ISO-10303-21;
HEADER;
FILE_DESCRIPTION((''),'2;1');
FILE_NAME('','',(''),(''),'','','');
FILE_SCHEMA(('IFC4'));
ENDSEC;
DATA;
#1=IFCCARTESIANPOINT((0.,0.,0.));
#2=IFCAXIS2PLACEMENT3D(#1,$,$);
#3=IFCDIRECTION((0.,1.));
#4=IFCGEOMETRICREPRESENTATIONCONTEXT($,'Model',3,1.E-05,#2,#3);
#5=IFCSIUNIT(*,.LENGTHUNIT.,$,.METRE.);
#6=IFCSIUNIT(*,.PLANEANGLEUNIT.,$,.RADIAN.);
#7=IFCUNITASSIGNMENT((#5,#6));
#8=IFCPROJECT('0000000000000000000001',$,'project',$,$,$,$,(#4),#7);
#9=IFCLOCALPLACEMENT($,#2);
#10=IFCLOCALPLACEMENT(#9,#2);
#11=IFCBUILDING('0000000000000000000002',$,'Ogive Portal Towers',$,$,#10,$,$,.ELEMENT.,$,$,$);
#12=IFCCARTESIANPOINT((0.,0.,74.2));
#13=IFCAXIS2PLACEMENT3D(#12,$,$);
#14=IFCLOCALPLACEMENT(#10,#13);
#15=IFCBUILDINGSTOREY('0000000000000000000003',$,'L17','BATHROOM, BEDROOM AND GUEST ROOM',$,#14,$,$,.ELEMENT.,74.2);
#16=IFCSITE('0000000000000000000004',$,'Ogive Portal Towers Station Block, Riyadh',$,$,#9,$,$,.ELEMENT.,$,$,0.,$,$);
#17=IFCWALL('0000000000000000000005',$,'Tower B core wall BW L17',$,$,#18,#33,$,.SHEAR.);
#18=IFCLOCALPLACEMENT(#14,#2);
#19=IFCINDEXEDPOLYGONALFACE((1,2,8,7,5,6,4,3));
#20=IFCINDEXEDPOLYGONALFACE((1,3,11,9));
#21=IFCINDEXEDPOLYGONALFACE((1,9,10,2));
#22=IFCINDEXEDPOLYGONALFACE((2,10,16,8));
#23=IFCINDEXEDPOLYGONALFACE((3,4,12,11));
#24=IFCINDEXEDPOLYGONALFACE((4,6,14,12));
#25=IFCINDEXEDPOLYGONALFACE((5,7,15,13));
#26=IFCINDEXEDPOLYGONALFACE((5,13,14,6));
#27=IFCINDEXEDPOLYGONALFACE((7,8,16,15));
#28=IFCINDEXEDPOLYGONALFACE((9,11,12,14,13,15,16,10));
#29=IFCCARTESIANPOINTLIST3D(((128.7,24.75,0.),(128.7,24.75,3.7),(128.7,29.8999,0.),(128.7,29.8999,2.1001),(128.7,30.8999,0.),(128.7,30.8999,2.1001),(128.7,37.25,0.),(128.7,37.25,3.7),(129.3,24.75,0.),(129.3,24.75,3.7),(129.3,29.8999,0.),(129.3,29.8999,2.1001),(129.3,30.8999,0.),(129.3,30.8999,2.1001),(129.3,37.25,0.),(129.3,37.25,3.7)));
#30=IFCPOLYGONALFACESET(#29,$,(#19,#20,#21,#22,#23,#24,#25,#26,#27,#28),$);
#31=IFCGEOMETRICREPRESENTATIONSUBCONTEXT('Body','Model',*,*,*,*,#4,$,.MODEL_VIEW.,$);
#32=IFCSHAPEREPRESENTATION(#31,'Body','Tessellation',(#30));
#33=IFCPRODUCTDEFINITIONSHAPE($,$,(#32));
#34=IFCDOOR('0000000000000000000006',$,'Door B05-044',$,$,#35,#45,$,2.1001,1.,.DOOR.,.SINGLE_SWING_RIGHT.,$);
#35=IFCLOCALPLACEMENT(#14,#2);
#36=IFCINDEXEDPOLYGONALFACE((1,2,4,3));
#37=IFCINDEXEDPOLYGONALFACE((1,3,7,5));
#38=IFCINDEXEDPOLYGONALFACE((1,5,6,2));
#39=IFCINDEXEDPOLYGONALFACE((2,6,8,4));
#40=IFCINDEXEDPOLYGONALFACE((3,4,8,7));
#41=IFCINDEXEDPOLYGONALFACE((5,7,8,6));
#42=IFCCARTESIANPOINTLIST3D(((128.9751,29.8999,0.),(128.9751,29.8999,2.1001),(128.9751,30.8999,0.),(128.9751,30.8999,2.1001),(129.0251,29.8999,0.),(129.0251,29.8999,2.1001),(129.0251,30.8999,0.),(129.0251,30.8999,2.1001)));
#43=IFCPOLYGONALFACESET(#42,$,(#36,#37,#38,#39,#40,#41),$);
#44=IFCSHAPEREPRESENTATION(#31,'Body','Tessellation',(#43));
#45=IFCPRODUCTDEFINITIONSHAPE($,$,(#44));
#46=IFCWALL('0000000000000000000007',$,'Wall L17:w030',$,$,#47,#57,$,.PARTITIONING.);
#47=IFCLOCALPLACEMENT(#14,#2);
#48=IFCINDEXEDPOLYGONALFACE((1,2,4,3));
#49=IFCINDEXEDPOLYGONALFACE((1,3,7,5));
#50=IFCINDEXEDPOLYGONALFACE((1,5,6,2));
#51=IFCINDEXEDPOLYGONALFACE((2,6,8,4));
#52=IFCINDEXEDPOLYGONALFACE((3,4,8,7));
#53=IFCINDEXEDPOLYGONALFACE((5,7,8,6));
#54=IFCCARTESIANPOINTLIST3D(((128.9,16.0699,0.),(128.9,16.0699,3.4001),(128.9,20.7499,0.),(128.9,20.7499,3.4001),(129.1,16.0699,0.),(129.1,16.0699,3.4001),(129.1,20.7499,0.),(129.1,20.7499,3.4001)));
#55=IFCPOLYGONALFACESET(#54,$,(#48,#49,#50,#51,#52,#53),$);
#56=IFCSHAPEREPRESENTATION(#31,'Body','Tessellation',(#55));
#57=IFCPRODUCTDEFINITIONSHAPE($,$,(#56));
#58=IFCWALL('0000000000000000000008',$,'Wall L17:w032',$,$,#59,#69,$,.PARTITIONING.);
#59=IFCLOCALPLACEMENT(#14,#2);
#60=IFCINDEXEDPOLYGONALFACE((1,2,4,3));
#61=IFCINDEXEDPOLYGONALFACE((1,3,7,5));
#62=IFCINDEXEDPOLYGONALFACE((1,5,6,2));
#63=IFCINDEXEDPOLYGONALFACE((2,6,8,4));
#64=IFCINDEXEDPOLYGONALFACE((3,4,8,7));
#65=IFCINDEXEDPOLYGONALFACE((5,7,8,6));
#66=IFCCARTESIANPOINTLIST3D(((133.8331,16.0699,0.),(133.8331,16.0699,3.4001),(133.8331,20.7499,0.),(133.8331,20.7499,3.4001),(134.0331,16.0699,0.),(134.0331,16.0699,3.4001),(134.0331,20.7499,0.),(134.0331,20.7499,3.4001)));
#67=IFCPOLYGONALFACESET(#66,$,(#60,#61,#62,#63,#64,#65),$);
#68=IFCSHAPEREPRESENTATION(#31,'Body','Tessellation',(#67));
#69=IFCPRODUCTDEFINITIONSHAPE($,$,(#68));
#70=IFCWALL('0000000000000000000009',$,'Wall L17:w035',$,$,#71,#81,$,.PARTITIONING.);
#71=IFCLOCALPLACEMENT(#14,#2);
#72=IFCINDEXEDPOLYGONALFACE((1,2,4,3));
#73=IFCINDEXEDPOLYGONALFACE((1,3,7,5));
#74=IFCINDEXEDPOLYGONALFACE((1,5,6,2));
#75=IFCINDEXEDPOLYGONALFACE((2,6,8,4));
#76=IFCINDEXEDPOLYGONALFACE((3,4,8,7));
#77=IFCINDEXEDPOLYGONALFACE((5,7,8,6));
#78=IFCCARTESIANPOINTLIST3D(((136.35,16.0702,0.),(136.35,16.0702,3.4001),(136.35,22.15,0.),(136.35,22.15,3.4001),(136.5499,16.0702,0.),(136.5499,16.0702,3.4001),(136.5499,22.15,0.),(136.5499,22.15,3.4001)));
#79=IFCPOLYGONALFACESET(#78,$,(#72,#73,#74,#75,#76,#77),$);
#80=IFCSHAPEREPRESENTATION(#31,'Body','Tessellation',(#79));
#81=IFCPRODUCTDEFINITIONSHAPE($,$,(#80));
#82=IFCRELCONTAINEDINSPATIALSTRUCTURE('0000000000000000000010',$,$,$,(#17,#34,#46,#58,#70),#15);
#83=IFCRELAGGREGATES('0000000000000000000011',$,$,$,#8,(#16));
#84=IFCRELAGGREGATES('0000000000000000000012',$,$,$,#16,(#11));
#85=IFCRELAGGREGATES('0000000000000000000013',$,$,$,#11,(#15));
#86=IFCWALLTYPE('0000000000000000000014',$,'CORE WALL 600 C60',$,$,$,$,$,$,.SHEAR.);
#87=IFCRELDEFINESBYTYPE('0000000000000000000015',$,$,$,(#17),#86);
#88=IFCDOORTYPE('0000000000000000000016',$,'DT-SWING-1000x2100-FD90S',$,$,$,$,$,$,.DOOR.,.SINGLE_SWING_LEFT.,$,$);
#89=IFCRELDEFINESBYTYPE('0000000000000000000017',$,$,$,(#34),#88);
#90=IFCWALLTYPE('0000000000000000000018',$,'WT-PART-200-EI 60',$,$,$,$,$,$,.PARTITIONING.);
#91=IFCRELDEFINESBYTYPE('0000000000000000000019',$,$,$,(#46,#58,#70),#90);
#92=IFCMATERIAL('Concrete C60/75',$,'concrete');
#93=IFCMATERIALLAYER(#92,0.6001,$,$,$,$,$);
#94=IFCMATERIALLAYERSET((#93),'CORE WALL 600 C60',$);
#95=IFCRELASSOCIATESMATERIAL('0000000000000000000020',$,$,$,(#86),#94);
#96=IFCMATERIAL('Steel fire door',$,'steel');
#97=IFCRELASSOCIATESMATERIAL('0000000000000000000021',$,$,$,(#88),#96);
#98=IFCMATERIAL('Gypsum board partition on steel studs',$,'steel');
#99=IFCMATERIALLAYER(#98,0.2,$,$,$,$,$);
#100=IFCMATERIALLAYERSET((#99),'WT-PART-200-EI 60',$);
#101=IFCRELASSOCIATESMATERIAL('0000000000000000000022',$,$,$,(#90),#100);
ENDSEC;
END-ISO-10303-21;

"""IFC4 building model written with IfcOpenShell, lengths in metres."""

from ifc_helpers import new_model, si_unit, direction, frame, frame_2d, origin, place, context, subcontext, project, spatial, rectangle, extrude, material, layer, layer_set, type_object, element, fill, save


model = new_model("IFC4")

# Units and contexts
model_context = context("Model", 3, precision=1e-05, world=origin(), true_north=direction((0.0, 1.0)))
body_context = subcontext(model_context, "Body", "Model", "MODEL_VIEW")
ifc_project = project(units=[si_unit("LENGTHUNIT", "METRE"), si_unit("PLANEANGLEUNIT", "RADIAN")], contexts=[model_context])

# Site, building, storey
site_placement = place(None, origin())
site = spatial("IfcSite", under=ifc_project, at=site_placement, Name="Ogive Portal Towers Station Block, Riyadh", CompositionType="ELEMENT", RefElevation=0.0)
building_placement = place(site_placement, origin())
building = spatial("IfcBuilding", under=site, at=building_placement, Name="Ogive Portal Towers", CompositionType="ELEMENT")
storey_placement = place(building_placement, frame((0.0, 0.0, 74.2)))
storey = spatial("IfcBuildingStorey", under=building, at=storey_placement, Name="L17", Description="BATHROOM, BEDROOM AND GUEST ROOM", CompositionType="ELEMENT", Elevation=74.2)

# Shared definitions
ifc_material_1 = material(Name="Concrete C60/75", Category="concrete")
ifc_material_2 = material(Name="Steel fire door", Category="steel")

# Wall, opening, door
ifc_layer_1 = layer(ifc_material_1, 0.6001)
ifc_layer_set_1 = layer_set([ifc_layer_1], Name="CORE WALL 600 C60")
wall_type_1 = type_object("IfcWallType", Name="CORE WALL 600 C60", PredefinedType="SHEAR", material=ifc_layer_set_1)
wall_1_placement = place(storey_placement, frame((129.0, 24.75, 0.0), z_axis=(0.0, 0.0, 1.0), x_axis=(0.0, 1.0, 0.0)))
wall_1 = element("IfcWall", 1, at=wall_1_placement, inside=storey, type_object=wall_type_1, Name="Tower B core wall BW L17", PredefinedType="SHEAR", context=body_context, shape_type="SweptSolid", body=[
    extrude(rectangle(XDim=12.5, YDim=0.6001, at=frame_2d((6.25, 0.0))), origin(), (0.0, 0.0, 1.0), 3.7),
])
opening_1_placement = place(wall_1_placement, frame((5.1499, 0.0, 0.0)))
opening_1 = element("IfcOpeningElement", 2, at=opening_1_placement, cuts=wall_1, PredefinedType="OPENING", context=body_context, shape_type="SweptSolid", body=[
    extrude(rectangle(XDim=1.0, YDim=2.1001, at=frame_2d((0.5, 1.05))), frame((0.0, 0.3101, 0.0), z_axis=(0.0, -1.0, 0.0), x_axis=(1.0, 0.0, 0.0)), (0.0, 0.0, 1.0), 0.6201),
])
door_type_1 = type_object("IfcDoorType", Name="DT-SWING-1000x2100-FD90S", OperationType="SINGLE_SWING_LEFT", PredefinedType="DOOR", material=ifc_material_2)
door_1_placement = place(opening_1_placement, origin())
door_1 = element("IfcDoor", 3, at=door_1_placement, inside=storey, type_object=door_type_1, Name="Door B05-044", OperationType="SINGLE_SWING_RIGHT", OverallHeight=2.1001, OverallWidth=1.0, PredefinedType="DOOR", context=body_context, shape_type="SweptSolid", body=[
    extrude(rectangle(XDim=1.0, YDim=2.1001, at=frame_2d((0.5, 1.05))), frame((0.0, 0.0249, 0.0), z_axis=(0.0, -1.0, 0.0), x_axis=(1.0, 0.0, 0.0)), (0.0, 0.0, 1.0), 0.05),
])
fill(opening_1, door_1)

# Walls
ifc_material_3 = material(Name="Gypsum board partition on steel studs", Category="steel")
ifc_layer_2 = layer(ifc_material_3, 0.2)
ifc_layer_set_2 = layer_set([ifc_layer_2], Name="WT-PART-200-EI 60")
wall_type_2 = type_object("IfcWallType", Name="WT-PART-200-EI 60", PredefinedType="PARTITIONING", material=ifc_layer_set_2)
for number, where, z_axis, x_axis, name in (
    (4, (129.0, 16.0701, 0.0), (0.0, 0.0, 1.0), (0.0, 1.0, 0.0), "Wall L17:w030"),
    (5, (133.9331, 16.0701, 0.0), (0.0, 0.0, 1.0), (0.0, 1.0, 0.0), "Wall L17:w032"),
):
    element("IfcWall", number, at=place(storey_placement, frame(where, z_axis=z_axis, x_axis=x_axis)), inside=storey, type_object=wall_type_2, Name=name, PredefinedType="PARTITIONING", context=body_context, shape_type="SweptSolid", body=[
        extrude(rectangle(XDim=4.6799, YDim=0.2, at=frame_2d((2.3398, 0.0))), origin(), (0.0, 0.0, 1.0), 3.4001),
    ])
wall_2_placement = place(storey_placement, frame((136.45, 16.0701, 0.0), z_axis=(0.0, 0.0, 1.0), x_axis=(0.0, 1.0, 0.0)))
element("IfcWall", 6, at=wall_2_placement, inside=storey, type_object=wall_type_2, Name="Wall L17:w035", PredefinedType="PARTITIONING", context=body_context, shape_type="SweptSolid", body=[
    extrude(rectangle(XDim=6.0798, YDim=0.2, at=frame_2d((3.04, 0.0))), origin(), (0.0, 0.0, 1.0), 3.4001),
])

save(model, "model.ifc")
